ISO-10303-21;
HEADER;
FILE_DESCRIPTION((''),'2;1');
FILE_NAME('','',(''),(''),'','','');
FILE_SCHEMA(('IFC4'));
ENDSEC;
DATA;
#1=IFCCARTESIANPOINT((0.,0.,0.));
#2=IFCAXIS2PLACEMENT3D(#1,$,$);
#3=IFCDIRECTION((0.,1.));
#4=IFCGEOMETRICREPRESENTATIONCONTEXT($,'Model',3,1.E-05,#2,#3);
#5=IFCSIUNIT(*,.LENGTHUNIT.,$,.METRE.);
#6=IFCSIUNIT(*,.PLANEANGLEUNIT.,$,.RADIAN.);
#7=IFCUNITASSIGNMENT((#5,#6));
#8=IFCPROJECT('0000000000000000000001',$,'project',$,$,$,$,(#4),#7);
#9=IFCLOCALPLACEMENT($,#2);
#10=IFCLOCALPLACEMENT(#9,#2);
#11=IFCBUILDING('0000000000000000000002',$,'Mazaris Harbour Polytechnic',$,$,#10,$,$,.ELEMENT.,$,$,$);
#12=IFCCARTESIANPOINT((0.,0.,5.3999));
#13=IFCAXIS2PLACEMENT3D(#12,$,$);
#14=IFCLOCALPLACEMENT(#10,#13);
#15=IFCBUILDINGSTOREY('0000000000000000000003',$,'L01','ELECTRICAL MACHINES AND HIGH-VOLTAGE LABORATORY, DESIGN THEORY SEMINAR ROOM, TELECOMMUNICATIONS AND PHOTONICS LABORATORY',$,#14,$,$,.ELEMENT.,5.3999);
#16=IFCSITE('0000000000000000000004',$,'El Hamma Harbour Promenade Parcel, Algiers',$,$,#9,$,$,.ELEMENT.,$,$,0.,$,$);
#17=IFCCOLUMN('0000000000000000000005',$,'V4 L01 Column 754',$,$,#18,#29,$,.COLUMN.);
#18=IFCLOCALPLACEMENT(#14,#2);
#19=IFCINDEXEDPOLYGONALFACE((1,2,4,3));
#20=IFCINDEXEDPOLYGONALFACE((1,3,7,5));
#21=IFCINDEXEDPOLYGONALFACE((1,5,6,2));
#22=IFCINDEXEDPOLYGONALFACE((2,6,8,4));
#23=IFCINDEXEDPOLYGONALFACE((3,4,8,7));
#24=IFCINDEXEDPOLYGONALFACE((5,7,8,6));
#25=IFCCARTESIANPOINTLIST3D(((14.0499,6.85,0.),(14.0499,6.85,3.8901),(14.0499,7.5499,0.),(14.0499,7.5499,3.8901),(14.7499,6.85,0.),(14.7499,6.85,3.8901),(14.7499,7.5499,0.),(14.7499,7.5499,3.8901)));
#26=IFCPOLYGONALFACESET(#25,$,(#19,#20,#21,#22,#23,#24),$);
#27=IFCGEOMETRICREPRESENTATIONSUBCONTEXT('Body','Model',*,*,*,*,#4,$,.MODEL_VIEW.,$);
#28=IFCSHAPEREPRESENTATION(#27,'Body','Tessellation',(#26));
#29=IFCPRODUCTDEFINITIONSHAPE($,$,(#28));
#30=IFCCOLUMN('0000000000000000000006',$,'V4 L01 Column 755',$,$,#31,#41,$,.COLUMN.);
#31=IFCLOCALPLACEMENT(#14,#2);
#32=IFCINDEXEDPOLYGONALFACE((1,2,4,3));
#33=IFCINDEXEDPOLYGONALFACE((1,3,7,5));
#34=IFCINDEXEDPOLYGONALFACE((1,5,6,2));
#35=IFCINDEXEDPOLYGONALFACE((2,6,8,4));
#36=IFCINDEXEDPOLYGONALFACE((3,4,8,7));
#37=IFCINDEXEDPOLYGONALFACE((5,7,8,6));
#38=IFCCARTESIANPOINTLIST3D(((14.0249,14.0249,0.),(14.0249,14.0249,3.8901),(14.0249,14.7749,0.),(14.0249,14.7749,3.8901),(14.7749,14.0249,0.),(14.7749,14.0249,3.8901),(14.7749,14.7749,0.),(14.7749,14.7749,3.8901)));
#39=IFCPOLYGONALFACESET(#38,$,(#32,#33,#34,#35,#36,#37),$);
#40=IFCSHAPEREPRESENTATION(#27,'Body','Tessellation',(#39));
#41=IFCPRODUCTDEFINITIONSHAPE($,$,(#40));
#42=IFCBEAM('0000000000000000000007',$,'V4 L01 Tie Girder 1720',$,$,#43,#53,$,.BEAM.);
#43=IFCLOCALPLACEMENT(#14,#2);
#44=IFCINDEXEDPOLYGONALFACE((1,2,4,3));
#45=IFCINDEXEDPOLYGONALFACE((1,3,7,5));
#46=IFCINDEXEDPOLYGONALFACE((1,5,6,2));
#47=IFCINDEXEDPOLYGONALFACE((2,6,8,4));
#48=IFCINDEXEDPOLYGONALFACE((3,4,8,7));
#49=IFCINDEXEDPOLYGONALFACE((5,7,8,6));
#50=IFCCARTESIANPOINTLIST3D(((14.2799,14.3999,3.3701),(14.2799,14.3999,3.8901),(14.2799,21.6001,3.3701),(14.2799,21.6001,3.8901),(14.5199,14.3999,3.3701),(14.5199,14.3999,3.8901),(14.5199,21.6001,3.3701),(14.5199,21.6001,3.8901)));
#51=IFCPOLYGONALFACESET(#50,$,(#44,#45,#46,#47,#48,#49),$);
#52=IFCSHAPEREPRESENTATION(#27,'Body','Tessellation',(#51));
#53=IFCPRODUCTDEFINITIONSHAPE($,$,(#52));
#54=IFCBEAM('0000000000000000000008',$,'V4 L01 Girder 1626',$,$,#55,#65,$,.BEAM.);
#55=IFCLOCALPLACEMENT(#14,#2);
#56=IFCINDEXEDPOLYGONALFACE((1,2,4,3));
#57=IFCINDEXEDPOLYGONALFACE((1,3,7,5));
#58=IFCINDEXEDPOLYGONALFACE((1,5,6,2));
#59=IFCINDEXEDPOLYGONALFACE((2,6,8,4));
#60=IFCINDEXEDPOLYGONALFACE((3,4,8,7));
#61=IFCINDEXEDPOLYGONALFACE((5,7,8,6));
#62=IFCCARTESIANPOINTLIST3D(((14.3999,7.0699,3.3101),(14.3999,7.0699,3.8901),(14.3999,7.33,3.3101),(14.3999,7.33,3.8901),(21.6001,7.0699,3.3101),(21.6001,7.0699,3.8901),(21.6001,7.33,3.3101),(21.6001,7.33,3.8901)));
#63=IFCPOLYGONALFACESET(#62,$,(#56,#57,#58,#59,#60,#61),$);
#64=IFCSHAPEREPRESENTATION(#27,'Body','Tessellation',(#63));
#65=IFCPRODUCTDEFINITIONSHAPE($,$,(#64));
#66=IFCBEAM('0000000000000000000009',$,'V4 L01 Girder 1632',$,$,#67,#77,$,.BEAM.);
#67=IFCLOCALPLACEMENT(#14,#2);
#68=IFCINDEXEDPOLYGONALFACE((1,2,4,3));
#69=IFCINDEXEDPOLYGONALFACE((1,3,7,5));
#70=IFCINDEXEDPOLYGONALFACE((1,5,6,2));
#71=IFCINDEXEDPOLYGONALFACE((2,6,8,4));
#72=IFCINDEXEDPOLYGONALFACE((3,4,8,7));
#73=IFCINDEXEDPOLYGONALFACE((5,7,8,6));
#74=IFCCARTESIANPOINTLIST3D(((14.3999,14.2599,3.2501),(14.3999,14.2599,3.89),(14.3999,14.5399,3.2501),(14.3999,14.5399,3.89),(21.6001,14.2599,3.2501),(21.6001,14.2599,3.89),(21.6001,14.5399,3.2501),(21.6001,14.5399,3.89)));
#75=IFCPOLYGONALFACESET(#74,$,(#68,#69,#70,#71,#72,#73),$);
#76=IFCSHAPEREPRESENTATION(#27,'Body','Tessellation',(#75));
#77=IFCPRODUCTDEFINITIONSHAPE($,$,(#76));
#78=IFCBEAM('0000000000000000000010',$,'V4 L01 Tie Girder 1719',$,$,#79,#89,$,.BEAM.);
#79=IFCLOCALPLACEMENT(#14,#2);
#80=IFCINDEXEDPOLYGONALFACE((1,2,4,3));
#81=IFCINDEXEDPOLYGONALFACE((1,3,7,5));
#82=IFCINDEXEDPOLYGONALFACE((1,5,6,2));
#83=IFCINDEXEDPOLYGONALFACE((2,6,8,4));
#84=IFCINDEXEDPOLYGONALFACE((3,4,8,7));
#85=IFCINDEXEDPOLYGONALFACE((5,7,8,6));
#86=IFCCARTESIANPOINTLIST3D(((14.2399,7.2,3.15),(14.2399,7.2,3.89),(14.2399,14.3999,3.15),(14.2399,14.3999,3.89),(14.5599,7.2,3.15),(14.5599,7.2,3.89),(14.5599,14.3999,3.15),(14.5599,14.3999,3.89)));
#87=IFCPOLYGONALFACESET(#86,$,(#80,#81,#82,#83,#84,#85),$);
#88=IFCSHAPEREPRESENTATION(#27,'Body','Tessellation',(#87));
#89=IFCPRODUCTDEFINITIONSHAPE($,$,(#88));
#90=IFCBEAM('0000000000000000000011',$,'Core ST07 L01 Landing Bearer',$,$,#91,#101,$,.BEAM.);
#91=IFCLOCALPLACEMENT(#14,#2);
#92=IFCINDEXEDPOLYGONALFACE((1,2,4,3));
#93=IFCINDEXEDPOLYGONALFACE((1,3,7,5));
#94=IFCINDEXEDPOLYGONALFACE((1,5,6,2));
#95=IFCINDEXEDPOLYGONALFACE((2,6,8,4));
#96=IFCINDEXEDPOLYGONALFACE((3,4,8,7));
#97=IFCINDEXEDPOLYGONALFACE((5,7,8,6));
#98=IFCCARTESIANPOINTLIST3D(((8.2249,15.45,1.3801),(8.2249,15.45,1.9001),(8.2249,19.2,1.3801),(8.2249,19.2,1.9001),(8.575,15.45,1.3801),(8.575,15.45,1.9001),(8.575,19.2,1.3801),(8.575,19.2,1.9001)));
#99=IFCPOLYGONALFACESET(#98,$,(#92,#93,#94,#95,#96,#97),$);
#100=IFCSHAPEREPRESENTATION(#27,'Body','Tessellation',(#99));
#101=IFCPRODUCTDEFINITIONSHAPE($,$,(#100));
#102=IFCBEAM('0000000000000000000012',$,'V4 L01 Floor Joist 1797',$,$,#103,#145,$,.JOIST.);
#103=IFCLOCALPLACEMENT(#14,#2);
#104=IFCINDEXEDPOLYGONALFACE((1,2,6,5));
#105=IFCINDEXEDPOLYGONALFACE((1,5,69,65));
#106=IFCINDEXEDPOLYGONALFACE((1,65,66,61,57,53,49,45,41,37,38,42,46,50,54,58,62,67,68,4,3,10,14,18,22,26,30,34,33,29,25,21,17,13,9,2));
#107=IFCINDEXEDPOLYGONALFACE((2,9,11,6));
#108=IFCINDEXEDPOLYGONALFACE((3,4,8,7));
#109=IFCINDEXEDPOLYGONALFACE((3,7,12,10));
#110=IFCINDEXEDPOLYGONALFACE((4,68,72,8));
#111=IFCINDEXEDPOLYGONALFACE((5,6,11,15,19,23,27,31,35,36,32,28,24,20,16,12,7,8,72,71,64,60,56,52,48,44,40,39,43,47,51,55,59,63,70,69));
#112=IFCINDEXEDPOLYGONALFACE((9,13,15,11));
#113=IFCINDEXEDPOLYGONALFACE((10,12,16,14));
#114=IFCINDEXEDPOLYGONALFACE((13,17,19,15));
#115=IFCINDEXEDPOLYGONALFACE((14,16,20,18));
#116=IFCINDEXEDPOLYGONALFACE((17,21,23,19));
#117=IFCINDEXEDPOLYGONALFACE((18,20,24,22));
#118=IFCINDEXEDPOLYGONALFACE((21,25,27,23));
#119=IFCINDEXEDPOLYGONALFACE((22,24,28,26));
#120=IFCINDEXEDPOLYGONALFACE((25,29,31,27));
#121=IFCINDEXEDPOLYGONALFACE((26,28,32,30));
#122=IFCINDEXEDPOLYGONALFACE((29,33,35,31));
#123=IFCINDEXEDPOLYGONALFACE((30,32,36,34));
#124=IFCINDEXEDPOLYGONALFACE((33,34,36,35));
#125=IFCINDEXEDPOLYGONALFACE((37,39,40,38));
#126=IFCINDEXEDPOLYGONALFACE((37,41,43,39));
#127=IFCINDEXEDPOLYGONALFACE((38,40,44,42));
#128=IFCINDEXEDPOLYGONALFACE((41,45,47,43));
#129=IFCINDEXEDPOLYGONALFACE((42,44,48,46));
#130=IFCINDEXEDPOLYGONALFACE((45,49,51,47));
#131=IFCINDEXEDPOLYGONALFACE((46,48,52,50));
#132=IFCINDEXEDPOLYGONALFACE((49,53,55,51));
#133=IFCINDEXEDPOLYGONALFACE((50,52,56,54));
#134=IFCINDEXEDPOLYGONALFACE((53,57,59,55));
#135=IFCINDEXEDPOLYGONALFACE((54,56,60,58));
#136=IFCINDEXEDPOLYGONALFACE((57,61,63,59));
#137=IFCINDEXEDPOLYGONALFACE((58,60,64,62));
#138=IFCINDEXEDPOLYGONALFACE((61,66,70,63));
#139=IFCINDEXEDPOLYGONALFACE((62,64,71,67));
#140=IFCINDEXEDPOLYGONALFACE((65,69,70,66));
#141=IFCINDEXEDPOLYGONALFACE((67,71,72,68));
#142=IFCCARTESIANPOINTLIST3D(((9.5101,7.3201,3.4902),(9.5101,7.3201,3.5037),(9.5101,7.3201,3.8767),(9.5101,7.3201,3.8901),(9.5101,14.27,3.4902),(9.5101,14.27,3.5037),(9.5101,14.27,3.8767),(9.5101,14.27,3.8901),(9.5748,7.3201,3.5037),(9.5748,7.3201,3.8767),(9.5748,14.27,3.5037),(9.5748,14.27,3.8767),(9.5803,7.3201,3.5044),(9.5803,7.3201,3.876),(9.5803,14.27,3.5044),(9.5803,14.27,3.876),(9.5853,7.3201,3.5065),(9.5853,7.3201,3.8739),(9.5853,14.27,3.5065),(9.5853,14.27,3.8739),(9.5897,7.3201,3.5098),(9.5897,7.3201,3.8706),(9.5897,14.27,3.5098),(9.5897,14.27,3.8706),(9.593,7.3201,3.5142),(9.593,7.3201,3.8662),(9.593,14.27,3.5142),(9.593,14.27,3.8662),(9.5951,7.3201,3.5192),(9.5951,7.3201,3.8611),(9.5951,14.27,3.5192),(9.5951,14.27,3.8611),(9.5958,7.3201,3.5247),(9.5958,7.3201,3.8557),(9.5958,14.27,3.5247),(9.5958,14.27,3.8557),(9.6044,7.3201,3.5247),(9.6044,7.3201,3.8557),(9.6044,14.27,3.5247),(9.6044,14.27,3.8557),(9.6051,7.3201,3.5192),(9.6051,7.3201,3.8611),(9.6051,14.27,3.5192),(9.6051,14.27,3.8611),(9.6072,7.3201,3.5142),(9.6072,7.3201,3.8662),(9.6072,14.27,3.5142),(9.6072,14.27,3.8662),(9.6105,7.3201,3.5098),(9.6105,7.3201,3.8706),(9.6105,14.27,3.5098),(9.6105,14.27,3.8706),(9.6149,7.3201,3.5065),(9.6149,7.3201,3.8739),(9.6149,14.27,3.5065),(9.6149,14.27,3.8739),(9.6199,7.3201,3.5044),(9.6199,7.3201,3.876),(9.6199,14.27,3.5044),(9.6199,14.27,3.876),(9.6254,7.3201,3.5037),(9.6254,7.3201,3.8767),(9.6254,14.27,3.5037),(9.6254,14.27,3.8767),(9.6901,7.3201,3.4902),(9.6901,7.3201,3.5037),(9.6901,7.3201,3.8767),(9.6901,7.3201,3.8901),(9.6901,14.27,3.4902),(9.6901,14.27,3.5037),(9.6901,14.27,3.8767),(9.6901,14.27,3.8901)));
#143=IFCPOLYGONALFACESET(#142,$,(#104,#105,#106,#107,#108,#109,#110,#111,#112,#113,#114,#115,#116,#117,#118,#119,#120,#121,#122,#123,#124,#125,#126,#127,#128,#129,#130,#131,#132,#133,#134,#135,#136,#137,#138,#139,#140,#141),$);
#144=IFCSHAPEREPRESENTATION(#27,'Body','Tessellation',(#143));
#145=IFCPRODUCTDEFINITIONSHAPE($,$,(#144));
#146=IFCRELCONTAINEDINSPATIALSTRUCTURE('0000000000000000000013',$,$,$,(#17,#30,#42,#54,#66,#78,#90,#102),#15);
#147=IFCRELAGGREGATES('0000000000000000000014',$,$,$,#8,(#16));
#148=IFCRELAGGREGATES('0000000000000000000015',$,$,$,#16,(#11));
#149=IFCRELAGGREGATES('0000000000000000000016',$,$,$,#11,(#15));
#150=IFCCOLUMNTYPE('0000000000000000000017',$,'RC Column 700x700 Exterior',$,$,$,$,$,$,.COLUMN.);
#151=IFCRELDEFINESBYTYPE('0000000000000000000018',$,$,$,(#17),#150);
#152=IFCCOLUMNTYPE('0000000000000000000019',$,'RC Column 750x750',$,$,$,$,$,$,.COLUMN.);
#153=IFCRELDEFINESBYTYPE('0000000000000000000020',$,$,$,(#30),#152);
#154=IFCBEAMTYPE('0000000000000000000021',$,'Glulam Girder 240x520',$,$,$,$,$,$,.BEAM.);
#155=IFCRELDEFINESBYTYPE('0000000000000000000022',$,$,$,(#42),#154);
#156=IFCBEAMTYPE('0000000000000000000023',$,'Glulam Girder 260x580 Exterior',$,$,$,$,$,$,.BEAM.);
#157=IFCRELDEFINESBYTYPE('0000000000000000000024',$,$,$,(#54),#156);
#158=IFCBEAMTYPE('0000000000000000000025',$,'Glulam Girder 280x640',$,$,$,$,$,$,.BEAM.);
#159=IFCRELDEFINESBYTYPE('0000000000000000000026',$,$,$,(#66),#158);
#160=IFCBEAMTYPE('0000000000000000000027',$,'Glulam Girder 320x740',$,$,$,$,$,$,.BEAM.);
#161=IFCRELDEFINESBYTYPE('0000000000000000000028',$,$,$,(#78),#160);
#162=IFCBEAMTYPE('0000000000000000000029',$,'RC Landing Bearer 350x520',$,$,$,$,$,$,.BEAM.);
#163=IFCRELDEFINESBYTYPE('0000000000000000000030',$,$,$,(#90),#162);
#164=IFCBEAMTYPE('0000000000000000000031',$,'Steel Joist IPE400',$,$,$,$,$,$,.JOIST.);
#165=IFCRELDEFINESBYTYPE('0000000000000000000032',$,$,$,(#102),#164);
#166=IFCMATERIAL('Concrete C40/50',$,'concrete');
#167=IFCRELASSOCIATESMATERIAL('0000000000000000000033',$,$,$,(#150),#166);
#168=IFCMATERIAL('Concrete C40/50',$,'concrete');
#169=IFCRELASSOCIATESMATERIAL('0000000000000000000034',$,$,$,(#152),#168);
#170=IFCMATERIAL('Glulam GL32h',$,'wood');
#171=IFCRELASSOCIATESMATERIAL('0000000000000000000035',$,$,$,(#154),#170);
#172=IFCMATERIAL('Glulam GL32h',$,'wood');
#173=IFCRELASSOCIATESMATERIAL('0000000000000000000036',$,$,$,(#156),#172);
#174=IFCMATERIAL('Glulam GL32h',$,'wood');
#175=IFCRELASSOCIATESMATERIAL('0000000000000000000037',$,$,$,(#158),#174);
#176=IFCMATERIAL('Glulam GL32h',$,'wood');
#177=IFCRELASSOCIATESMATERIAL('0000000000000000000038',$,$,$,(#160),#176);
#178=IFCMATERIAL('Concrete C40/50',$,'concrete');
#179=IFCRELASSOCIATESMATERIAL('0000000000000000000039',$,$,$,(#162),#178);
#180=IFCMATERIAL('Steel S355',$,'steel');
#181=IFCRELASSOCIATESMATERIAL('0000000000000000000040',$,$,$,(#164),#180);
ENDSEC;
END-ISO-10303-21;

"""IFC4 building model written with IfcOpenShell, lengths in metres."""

from ifc_helpers import new_model, si_unit, direction, frame, origin, origin_2d, place, context, subcontext, project, spatial, rectangle, i_section, extrude, material, material_profile, profile_set, type_object, element, save


model = new_model("IFC4")

# Units and contexts
model_context = context("Model", 3, precision=1e-05, world=origin(), true_north=direction((0.0, 1.0)))
body_context = subcontext(model_context, "Body", "Model", "MODEL_VIEW")
ifc_project = project(units=[si_unit("LENGTHUNIT", "METRE"), si_unit("PLANEANGLEUNIT", "RADIAN")], contexts=[model_context])

# Site, building, storey
site_placement = place(None, origin())
site = spatial("IfcSite", under=ifc_project, at=site_placement, Name="El Hamma Harbour Promenade Parcel, Algiers", CompositionType="ELEMENT", RefElevation=0.0)
building_placement = place(site_placement, origin())
building = spatial("IfcBuilding", under=site, at=building_placement, Name="Mazaris Harbour Polytechnic", CompositionType="ELEMENT")
storey_placement = place(building_placement, frame((0.0, 0.0, 5.3999)))
storey = spatial("IfcBuildingStorey", under=building, at=storey_placement, Name="L01", Description="ELECTRICAL MACHINES AND HIGH-VOLTAGE LABORATORY, DESIGN THEORY SEMINAR ROOM, TELECOMMUNICATIONS AND PHOTONICS LABORATORY", CompositionType="ELEMENT", Elevation=5.3999)

# Columns
ifc_material_1 = material(Name="Concrete C40/50", Category="concrete")
ifc_material_profile_1 = material_profile(ifc_material_1, rectangle(XDim=0.7, YDim=0.7, at=origin_2d()), Name="RECT700x700")
ifc_profile_set_1 = profile_set([ifc_material_profile_1], Name="Concrete C40/50")
column_type_1 = type_object("IfcColumnType", Name="RC Column 700x700 Exterior", PredefinedType="COLUMN", material=ifc_profile_set_1)
column_1_placement = place(storey_placement, frame((14.3999, 7.2, 0.0), z_axis=(0.0, 0.0, 1.0), x_axis=(1.0, 0.0, 0.0)))
element("IfcColumn", 1, at=column_1_placement, inside=storey, type_object=column_type_1, Name="V4 L01 Column 754", PredefinedType="COLUMN", context=body_context, shape_type="SweptSolid", body=[
    extrude(rectangle(XDim=0.7, YDim=0.7, at=origin_2d()), origin(), (0.0, 0.0, 1.0), 3.8901),
])
ifc_material_2 = material(Name="Concrete C40/50", Category="concrete")
ifc_material_profile_2 = material_profile(ifc_material_2, rectangle(XDim=0.75, YDim=0.75, at=origin_2d()), Name="RECT750x750")
ifc_profile_set_2 = profile_set([ifc_material_profile_2], Name="Concrete C40/50")
column_type_2 = type_object("IfcColumnType", Name="RC Column 750x750", PredefinedType="COLUMN", material=ifc_profile_set_2)
column_2_placement = place(storey_placement, frame((14.3999, 14.3999, 0.0), z_axis=(0.0, 0.0, 1.0), x_axis=(1.0, 0.0, 0.0)))
element("IfcColumn", 2, at=column_2_placement, inside=storey, type_object=column_type_2, Name="V4 L01 Column 755", PredefinedType="COLUMN", context=body_context, shape_type="SweptSolid", body=[
    extrude(rectangle(XDim=0.75, YDim=0.75, at=origin_2d()), origin(), (0.0, 0.0, 1.0), 3.8901),
])

# Beams
ifc_material_3 = material(Name="Glulam GL32h", Category="wood")
ifc_material_profile_3 = material_profile(ifc_material_3, rectangle(XDim=0.24, YDim=0.52, at=origin_2d()), Name="RECT240x520")
ifc_profile_set_3 = profile_set([ifc_material_profile_3], Name="Glulam GL32h")
beam_type_1 = type_object("IfcBeamType", Name="Glulam Girder 240x520", PredefinedType="BEAM", material=ifc_profile_set_3)
beam_1_placement = place(storey_placement, frame((14.3999, 14.3999, 3.6301), z_axis=(0.0, 1.0, 0.0), x_axis=(-1.0, 0.0, 0.0)))
element("IfcBeam", 3, at=beam_1_placement, inside=storey, type_object=beam_type_1, Name="V4 L01 Tie Girder 1720", PredefinedType="BEAM", context=body_context, shape_type="SweptSolid", body=[
    extrude(rectangle(XDim=0.24, YDim=0.52, at=origin_2d()), origin(), (0.0, 0.0, 1.0), 7.2002),
])
ifc_material_4 = material(Name="Glulam GL32h", Category="wood")
ifc_material_profile_4 = material_profile(ifc_material_4, rectangle(XDim=0.26, YDim=0.5801, at=origin_2d()), Name="RECT260x580")
ifc_profile_set_4 = profile_set([ifc_material_profile_4], Name="Glulam GL32h")
beam_type_2 = type_object("IfcBeamType", Name="Glulam Girder 260x580 Exterior", PredefinedType="BEAM", material=ifc_profile_set_4)
beam_2_placement = place(storey_placement, frame((14.3999, 7.2, 3.6001), z_axis=(1.0, 0.0, 0.0), x_axis=(0.0, 1.0, 0.0)))
element("IfcBeam", 4, at=beam_2_placement, inside=storey, type_object=beam_type_2, Name="V4 L01 Girder 1626", PredefinedType="BEAM", context=body_context, shape_type="SweptSolid", body=[
    extrude(rectangle(XDim=0.26, YDim=0.5801, at=origin_2d()), origin(), (0.0, 0.0, 1.0), 7.2002),
])
ifc_material_5 = material(Name="Glulam GL32h", Category="wood")
ifc_material_profile_5 = material_profile(ifc_material_5, rectangle(XDim=0.28, YDim=0.6399, at=origin_2d()), Name="RECT280x640")
ifc_profile_set_5 = profile_set([ifc_material_profile_5], Name="Glulam GL32h")
beam_type_3 = type_object("IfcBeamType", Name="Glulam Girder 280x640", PredefinedType="BEAM", material=ifc_profile_set_5)
beam_3_placement = place(storey_placement, frame((14.3999, 14.3999, 3.5701), z_axis=(1.0, 0.0, 0.0), x_axis=(0.0, 1.0, 0.0)))
element("IfcBeam", 5, at=beam_3_placement, inside=storey, type_object=beam_type_3, Name="V4 L01 Girder 1632", PredefinedType="BEAM", context=body_context, shape_type="SweptSolid", body=[
    extrude(rectangle(XDim=0.28, YDim=0.6399, at=origin_2d()), origin(), (0.0, 0.0, 1.0), 7.2002),
])
ifc_material_6 = material(Name="Glulam GL32h", Category="wood")
ifc_material_profile_6 = material_profile(ifc_material_6, rectangle(XDim=0.3201, YDim=0.74, at=origin_2d()), Name="RECT320x740")
ifc_profile_set_6 = profile_set([ifc_material_profile_6], Name="Glulam GL32h")
beam_type_4 = type_object("IfcBeamType", Name="Glulam Girder 320x740", PredefinedType="BEAM", material=ifc_profile_set_6)
beam_4_placement = place(storey_placement, frame((14.3999, 7.2, 3.52), z_axis=(0.0, 1.0, 0.0), x_axis=(-1.0, 0.0, 0.0)))
element("IfcBeam", 6, at=beam_4_placement, inside=storey, type_object=beam_type_4, Name="V4 L01 Tie Girder 1719", PredefinedType="BEAM", context=body_context, shape_type="SweptSolid", body=[
    extrude(rectangle(XDim=0.3201, YDim=0.74, at=origin_2d()), origin(), (0.0, 0.0, 1.0), 7.2),
])
ifc_material_7 = material(Name="Concrete C40/50", Category="concrete")
ifc_material_profile_7 = material_profile(ifc_material_7, rectangle(XDim=0.3501, YDim=0.52, at=origin_2d()), Name="RECT350x520")
ifc_profile_set_7 = profile_set([ifc_material_profile_7], Name="Concrete C40/50")
beam_type_5 = type_object("IfcBeamType", Name="RC Landing Bearer 350x520", PredefinedType="BEAM", material=ifc_profile_set_7)
beam_5_placement = place(storey_placement, frame((8.3999, 15.45, 1.6401), z_axis=(0.0, 1.0, 0.0), x_axis=(-1.0, 0.0, 0.0)))
element("IfcBeam", 7, at=beam_5_placement, inside=storey, type_object=beam_type_5, Name="Core ST07 L01 Landing Bearer", PredefinedType="BEAM", context=body_context, shape_type="SweptSolid", body=[
    extrude(rectangle(XDim=0.3501, YDim=0.52, at=origin_2d()), origin(), (0.0, 0.0, 1.0), 3.75),
])
ifc_material_8 = material(Name="Steel S355", Category="steel")
ifc_material_profile_8 = material_profile(ifc_material_8, i_section(OverallWidth=0.1799, OverallDepth=0.3999, WebThickness=0.0085, FlangeThickness=0.0134, FilletRadius=0.021, at=origin_2d()), Name="IPE 400")
ifc_profile_set_8 = profile_set([ifc_material_profile_8], Name="Steel S355")
beam_type_6 = type_object("IfcBeamType", Name="Steel Joist IPE400", PredefinedType="JOIST", material=ifc_profile_set_8)
beam_6_placement = place(storey_placement, frame((9.6001, 7.3201, 3.6902), z_axis=(0.0, 1.0, 0.0), x_axis=(-1.0, 0.0, 0.0)))
element("IfcBeam", 8, at=beam_6_placement, inside=storey, type_object=beam_type_6, Name="V4 L01 Floor Joist 1797", PredefinedType="JOIST", context=body_context, shape_type="SweptSolid", body=[
    extrude(i_section(OverallWidth=0.1799, OverallDepth=0.3999, WebThickness=0.0085, FlangeThickness=0.0134, FilletRadius=0.021, at=origin_2d()), origin(), (0.0, 0.0, 1.0), 6.95),
])

save(model, "model.ifc")
